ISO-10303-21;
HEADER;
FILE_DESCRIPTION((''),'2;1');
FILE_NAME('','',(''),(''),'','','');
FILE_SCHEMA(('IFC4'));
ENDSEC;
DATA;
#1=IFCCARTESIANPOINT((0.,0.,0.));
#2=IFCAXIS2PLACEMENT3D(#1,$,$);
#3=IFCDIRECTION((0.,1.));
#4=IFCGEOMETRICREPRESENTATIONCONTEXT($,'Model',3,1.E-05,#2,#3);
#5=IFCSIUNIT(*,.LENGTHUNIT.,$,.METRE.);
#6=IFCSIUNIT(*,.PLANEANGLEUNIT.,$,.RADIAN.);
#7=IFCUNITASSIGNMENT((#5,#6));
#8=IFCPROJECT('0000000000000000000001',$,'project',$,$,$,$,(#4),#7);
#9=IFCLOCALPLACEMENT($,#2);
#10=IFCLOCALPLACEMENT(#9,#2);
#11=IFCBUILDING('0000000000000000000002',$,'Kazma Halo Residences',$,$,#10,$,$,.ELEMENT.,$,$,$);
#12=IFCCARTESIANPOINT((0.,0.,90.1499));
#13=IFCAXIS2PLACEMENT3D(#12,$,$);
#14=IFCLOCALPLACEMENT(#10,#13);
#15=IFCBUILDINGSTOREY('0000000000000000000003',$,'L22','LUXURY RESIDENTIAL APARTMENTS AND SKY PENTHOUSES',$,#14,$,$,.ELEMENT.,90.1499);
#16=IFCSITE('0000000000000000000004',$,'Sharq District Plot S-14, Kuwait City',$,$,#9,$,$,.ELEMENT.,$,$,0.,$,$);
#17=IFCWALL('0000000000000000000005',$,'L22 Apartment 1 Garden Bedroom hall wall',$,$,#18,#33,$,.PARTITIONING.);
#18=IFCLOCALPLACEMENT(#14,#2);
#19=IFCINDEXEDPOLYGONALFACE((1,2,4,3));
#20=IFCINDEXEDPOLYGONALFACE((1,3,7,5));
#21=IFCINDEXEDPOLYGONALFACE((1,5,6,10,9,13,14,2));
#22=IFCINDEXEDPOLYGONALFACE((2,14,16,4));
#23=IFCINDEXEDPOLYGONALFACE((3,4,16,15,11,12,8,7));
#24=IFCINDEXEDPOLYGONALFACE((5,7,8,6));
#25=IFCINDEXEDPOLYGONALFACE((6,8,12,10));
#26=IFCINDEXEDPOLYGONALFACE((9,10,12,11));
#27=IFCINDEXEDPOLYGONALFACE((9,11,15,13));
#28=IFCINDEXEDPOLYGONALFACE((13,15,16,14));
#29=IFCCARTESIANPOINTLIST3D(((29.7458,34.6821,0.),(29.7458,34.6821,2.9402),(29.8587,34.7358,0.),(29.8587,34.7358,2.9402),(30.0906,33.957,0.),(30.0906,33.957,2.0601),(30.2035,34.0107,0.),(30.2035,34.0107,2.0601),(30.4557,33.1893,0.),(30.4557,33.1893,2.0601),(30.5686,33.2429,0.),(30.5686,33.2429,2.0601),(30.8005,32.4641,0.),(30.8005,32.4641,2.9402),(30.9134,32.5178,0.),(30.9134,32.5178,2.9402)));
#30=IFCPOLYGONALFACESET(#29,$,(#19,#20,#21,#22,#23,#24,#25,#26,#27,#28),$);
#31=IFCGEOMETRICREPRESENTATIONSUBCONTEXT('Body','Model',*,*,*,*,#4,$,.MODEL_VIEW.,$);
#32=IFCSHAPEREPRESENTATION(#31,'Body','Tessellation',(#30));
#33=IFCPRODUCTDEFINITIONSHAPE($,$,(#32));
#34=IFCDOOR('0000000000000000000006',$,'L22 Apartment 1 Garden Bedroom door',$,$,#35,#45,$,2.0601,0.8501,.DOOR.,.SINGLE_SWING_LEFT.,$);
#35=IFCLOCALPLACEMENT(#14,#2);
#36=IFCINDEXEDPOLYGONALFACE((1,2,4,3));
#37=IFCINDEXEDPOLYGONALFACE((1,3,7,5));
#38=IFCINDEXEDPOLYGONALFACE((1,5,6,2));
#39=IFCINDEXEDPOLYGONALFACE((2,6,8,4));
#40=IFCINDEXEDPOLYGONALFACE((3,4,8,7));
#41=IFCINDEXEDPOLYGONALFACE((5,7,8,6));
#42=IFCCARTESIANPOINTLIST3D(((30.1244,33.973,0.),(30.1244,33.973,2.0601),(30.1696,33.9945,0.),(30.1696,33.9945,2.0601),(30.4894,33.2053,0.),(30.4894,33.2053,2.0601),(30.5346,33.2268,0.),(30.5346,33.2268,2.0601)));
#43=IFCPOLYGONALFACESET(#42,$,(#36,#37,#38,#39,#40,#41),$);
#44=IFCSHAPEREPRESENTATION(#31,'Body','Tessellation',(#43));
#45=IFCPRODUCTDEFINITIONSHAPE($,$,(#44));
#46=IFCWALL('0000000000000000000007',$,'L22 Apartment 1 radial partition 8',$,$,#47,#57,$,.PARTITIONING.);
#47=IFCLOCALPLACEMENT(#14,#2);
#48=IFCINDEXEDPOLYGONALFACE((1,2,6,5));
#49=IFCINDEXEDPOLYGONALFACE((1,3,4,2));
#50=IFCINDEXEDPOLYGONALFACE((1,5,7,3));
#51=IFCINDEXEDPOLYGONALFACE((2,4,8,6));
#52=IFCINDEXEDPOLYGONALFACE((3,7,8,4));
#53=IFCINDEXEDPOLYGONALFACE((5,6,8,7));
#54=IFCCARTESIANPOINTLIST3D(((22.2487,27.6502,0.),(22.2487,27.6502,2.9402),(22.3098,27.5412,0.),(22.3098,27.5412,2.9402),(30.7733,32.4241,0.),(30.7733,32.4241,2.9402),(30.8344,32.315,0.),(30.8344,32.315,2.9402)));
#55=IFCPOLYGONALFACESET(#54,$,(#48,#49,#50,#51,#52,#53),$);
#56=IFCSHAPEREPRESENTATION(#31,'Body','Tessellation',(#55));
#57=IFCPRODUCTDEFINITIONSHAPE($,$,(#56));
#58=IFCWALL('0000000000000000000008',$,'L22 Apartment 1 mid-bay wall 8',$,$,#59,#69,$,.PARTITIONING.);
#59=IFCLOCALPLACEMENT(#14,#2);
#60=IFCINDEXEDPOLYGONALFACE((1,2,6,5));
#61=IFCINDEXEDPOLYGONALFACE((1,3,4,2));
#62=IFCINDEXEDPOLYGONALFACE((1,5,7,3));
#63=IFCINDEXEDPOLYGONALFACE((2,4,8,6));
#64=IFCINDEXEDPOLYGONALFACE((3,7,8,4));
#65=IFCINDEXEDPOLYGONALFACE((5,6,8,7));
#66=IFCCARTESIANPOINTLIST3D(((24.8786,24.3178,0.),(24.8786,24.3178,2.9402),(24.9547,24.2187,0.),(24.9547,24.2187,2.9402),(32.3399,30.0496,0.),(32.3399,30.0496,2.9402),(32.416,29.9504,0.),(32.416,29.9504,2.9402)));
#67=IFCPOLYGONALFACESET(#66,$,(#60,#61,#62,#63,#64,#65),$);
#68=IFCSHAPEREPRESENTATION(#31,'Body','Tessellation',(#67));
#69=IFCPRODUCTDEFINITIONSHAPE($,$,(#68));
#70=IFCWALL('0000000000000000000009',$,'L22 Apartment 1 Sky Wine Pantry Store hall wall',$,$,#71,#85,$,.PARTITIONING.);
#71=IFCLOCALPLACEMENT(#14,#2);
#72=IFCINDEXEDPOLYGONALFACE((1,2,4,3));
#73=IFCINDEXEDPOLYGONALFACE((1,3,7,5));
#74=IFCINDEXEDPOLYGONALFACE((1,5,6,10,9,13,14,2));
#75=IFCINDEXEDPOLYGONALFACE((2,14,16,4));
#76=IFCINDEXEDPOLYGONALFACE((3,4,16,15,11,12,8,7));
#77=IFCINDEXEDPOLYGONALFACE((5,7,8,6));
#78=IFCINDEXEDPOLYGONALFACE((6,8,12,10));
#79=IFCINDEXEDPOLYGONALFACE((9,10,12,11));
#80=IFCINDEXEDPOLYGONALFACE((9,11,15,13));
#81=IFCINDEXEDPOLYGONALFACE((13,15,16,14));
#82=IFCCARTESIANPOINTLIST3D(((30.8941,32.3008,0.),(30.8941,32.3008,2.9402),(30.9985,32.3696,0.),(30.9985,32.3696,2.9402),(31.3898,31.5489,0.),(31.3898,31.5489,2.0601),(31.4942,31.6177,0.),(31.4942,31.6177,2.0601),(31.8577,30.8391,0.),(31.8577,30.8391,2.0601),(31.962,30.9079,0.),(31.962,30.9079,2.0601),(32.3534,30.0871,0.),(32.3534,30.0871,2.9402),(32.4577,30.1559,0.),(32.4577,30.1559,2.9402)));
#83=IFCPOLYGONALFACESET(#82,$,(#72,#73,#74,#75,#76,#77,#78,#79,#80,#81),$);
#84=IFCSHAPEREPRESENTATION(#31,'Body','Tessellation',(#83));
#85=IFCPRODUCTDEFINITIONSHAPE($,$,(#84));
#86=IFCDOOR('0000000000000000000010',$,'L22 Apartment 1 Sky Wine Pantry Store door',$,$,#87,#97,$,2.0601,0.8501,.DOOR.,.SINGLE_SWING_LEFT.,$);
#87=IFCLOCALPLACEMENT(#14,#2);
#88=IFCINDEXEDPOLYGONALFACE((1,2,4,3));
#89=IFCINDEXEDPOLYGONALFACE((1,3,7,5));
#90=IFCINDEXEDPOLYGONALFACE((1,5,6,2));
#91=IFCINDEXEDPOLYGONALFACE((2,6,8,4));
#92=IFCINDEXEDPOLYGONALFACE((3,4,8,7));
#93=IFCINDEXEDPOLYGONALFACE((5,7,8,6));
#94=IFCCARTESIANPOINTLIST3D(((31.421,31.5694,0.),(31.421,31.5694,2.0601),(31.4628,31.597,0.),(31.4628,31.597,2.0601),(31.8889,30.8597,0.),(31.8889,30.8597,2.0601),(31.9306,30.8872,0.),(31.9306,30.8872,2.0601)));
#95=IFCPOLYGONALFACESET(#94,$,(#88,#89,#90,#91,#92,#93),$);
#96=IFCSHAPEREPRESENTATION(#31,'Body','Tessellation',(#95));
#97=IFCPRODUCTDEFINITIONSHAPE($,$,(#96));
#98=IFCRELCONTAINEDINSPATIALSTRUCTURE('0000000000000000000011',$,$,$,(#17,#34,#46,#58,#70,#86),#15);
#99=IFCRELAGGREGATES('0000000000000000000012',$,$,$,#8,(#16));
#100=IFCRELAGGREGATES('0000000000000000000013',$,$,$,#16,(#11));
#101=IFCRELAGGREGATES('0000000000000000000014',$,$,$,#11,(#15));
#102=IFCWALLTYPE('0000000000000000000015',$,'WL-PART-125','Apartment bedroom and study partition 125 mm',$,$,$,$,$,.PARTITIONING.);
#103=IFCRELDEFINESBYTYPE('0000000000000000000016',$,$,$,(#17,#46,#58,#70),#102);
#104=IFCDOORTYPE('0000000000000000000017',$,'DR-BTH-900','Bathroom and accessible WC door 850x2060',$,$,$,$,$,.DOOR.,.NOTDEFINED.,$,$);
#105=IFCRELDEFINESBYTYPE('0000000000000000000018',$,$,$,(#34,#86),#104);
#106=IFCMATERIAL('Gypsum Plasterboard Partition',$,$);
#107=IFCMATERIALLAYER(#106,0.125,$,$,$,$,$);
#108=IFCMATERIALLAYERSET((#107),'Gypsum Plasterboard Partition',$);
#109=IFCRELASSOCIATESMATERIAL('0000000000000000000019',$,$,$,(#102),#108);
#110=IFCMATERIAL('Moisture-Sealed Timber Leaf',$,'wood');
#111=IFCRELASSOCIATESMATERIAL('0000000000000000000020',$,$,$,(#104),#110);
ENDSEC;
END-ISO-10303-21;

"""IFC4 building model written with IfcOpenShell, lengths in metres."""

from ifc_helpers import new_model, si_unit, direction, frame, frame_2d, origin, place, context, subcontext, project, spatial, rectangle, extrude, material, layer, layer_set, type_object, element, fill, save


model = new_model("IFC4")

# Units and contexts
model_context = context("Model", 3, precision=1e-05, world=origin(), true_north=direction((0.0, 1.0)))
body_context = subcontext(model_context, "Body", "Model", "MODEL_VIEW")
ifc_project = project(units=[si_unit("LENGTHUNIT", "METRE"), si_unit("PLANEANGLEUNIT", "RADIAN")], contexts=[model_context])

# Site, building, storey
site_placement = place(None, origin())
site = spatial("IfcSite", under=ifc_project, at=site_placement, Name="Sharq District Plot S-14, Kuwait City", CompositionType="ELEMENT", RefElevation=0.0)
building_placement = place(site_placement, origin())
building = spatial("IfcBuilding", under=site, at=building_placement, Name="Kazma Halo Residences", CompositionType="ELEMENT")
storey_placement = place(building_placement, frame((0.0, 0.0, 90.1499)))
storey = spatial("IfcBuildingStorey", under=building, at=storey_placement, Name="L22", Description="LUXURY RESIDENTIAL APARTMENTS AND SKY PENTHOUSES", CompositionType="ELEMENT", Elevation=90.1499)

# Shared definitions
ifc_material_1 = material(Name="Gypsum Plasterboard Partition")
ifc_layer_1 = layer(ifc_material_1, 0.125)
ifc_layer_set_1 = layer_set([ifc_layer_1], Name="Gypsum Plasterboard Partition")
wall_type_1 = type_object("IfcWallType", Name="WL-PART-125", Description="Apartment bedroom and study partition 125 mm", PredefinedType="PARTITIONING", material=ifc_layer_set_1)

# Wall, opening, door
ifc_material_2 = material(Name="Moisture-Sealed Timber Leaf", Category="wood")
door_type = type_object("IfcDoorType", Name="DR-BTH-900", Description="Bathroom and accessible WC door 850x2060", OperationType="NOTDEFINED", PredefinedType="DOOR", material=ifc_material_2)
wall_1_placement = place(storey_placement, frame((29.8022, 34.709, 0.0), z_axis=(0.0, 0.0, 1.0), x_axis=(0.429432, -0.903099, 0.0)))
wall_1 = element("IfcWall", 1, at=wall_1_placement, inside=storey, type_object=wall_type_1, Name="L22 Apartment 1 Garden Bedroom hall wall", PredefinedType="PARTITIONING", context=body_context, shape_type="SweptSolid", body=[
    extrude(rectangle(XDim=2.4561, YDim=0.125, at=frame_2d((1.228, 0.0))), origin(), (0.0, 0.0, 1.0), 2.9402),
])
opening_1_placement = place(wall_1_placement, frame((0.803, 0.0, 0.0)))
opening_1 = element("IfcOpeningElement", 2, at=opening_1_placement, cuts=wall_1, PredefinedType="OPENING", context=body_context, shape_type="SweptSolid", body=[
    extrude(rectangle(XDim=0.8501, YDim=2.0601, at=frame_2d((0.425, 1.03))), frame((0.0, 0.0725, 0.0), z_axis=(0.0, -1.0, 0.0), x_axis=(1.0, 0.0, 0.0)), (0.0, 0.0, 1.0), 0.145),
])
door_1_placement = place(opening_1_placement, origin())
door_1 = element("IfcDoor", 3, at=door_1_placement, inside=storey, type_object=door_type, Name="L22 Apartment 1 Garden Bedroom door", OperationType="SINGLE_SWING_LEFT", OverallHeight=2.0601, OverallWidth=0.8501, PredefinedType="DOOR", context=body_context, shape_type="SweptSolid", body=[
    extrude(rectangle(XDim=0.8501, YDim=2.0601, at=frame_2d((0.425, 1.03))), frame((0.0, 0.0249, 0.0), z_axis=(0.0, -1.0, 0.0), x_axis=(1.0, 0.0, 0.0)), (0.0, 0.0, 1.0), 0.05),
])
fill(opening_1, door_1)

# Walls
wall_2_placement = place(storey_placement, frame((30.804, 32.3696, 0.0), z_axis=(0.0, 0.0, 1.0), x_axis=(-0.872501, -0.488612, 0.0)))
element("IfcWall", 4, at=wall_2_placement, inside=storey, type_object=wall_type_1, Name="L22 Apartment 1 radial partition 8", PredefinedType="PARTITIONING", context=body_context, shape_type="SweptSolid", body=[
    extrude(rectangle(XDim=9.7703, YDim=0.125, at=frame_2d((4.8853, 0.0))), origin(), (0.0, 0.0, 1.0), 2.9402),
])
wall_3_placement = place(storey_placement, frame((32.3779, 30.0, 0.0), z_axis=(0.0, 0.0, 1.0), x_axis=(-0.793018, -0.609198, 0.0)))
element("IfcWall", 5, at=wall_3_placement, inside=storey, type_object=wall_type_1, Name="L22 Apartment 1 mid-bay wall 8", PredefinedType="PARTITIONING", context=body_context, shape_type="SweptSolid", body=[
    extrude(rectangle(XDim=9.4087, YDim=0.125, at=frame_2d((4.7043, 0.0))), origin(), (0.0, 0.0, 1.0), 2.9402),
])

# Wall, opening, door
wall_4_placement = place(storey_placement, frame((30.9463, 32.3352, 0.0), z_axis=(0.0, 0.0, 1.0), x_axis=(0.550379, -0.834915, 0.0)))
wall_4 = element("IfcWall", 6, at=wall_4_placement, inside=storey, type_object=wall_type_1, Name="L22 Apartment 1 Sky Wine Pantry Store hall wall", PredefinedType="PARTITIONING", context=body_context, shape_type="SweptSolid", body=[
    extrude(rectangle(XDim=2.6514, YDim=0.125, at=frame_2d((1.3257, 0.0))), origin(), (0.0, 0.0, 1.0), 2.9402),
])
opening_2_placement = place(wall_4_placement, frame((0.9006, 0.0, 0.0)))
opening_2 = element("IfcOpeningElement", 7, at=opening_2_placement, cuts=wall_4, PredefinedType="OPENING", context=body_context, shape_type="SweptSolid", body=[
    extrude(rectangle(XDim=0.8501, YDim=2.0601, at=frame_2d((0.425, 1.03))), frame((0.0, 0.0725, 0.0), z_axis=(0.0, -1.0, 0.0), x_axis=(1.0, 0.0, 0.0)), (0.0, 0.0, 1.0), 0.145),
])
door_2_placement = place(opening_2_placement, origin())
door_2 = element("IfcDoor", 8, at=door_2_placement, inside=storey, type_object=door_type, Name="L22 Apartment 1 Sky Wine Pantry Store door", OperationType="SINGLE_SWING_LEFT", OverallHeight=2.0601, OverallWidth=0.8501, PredefinedType="DOOR", context=body_context, shape_type="SweptSolid", body=[
    extrude(rectangle(XDim=0.8501, YDim=2.0601, at=frame_2d((0.425, 1.03))), frame((0.0, 0.0249, 0.0), z_axis=(0.0, -1.0, 0.0), x_axis=(1.0, 0.0, 0.0)), (0.0, 0.0, 1.0), 0.05),
])
fill(opening_2, door_2)

save(model, "model.ifc")
